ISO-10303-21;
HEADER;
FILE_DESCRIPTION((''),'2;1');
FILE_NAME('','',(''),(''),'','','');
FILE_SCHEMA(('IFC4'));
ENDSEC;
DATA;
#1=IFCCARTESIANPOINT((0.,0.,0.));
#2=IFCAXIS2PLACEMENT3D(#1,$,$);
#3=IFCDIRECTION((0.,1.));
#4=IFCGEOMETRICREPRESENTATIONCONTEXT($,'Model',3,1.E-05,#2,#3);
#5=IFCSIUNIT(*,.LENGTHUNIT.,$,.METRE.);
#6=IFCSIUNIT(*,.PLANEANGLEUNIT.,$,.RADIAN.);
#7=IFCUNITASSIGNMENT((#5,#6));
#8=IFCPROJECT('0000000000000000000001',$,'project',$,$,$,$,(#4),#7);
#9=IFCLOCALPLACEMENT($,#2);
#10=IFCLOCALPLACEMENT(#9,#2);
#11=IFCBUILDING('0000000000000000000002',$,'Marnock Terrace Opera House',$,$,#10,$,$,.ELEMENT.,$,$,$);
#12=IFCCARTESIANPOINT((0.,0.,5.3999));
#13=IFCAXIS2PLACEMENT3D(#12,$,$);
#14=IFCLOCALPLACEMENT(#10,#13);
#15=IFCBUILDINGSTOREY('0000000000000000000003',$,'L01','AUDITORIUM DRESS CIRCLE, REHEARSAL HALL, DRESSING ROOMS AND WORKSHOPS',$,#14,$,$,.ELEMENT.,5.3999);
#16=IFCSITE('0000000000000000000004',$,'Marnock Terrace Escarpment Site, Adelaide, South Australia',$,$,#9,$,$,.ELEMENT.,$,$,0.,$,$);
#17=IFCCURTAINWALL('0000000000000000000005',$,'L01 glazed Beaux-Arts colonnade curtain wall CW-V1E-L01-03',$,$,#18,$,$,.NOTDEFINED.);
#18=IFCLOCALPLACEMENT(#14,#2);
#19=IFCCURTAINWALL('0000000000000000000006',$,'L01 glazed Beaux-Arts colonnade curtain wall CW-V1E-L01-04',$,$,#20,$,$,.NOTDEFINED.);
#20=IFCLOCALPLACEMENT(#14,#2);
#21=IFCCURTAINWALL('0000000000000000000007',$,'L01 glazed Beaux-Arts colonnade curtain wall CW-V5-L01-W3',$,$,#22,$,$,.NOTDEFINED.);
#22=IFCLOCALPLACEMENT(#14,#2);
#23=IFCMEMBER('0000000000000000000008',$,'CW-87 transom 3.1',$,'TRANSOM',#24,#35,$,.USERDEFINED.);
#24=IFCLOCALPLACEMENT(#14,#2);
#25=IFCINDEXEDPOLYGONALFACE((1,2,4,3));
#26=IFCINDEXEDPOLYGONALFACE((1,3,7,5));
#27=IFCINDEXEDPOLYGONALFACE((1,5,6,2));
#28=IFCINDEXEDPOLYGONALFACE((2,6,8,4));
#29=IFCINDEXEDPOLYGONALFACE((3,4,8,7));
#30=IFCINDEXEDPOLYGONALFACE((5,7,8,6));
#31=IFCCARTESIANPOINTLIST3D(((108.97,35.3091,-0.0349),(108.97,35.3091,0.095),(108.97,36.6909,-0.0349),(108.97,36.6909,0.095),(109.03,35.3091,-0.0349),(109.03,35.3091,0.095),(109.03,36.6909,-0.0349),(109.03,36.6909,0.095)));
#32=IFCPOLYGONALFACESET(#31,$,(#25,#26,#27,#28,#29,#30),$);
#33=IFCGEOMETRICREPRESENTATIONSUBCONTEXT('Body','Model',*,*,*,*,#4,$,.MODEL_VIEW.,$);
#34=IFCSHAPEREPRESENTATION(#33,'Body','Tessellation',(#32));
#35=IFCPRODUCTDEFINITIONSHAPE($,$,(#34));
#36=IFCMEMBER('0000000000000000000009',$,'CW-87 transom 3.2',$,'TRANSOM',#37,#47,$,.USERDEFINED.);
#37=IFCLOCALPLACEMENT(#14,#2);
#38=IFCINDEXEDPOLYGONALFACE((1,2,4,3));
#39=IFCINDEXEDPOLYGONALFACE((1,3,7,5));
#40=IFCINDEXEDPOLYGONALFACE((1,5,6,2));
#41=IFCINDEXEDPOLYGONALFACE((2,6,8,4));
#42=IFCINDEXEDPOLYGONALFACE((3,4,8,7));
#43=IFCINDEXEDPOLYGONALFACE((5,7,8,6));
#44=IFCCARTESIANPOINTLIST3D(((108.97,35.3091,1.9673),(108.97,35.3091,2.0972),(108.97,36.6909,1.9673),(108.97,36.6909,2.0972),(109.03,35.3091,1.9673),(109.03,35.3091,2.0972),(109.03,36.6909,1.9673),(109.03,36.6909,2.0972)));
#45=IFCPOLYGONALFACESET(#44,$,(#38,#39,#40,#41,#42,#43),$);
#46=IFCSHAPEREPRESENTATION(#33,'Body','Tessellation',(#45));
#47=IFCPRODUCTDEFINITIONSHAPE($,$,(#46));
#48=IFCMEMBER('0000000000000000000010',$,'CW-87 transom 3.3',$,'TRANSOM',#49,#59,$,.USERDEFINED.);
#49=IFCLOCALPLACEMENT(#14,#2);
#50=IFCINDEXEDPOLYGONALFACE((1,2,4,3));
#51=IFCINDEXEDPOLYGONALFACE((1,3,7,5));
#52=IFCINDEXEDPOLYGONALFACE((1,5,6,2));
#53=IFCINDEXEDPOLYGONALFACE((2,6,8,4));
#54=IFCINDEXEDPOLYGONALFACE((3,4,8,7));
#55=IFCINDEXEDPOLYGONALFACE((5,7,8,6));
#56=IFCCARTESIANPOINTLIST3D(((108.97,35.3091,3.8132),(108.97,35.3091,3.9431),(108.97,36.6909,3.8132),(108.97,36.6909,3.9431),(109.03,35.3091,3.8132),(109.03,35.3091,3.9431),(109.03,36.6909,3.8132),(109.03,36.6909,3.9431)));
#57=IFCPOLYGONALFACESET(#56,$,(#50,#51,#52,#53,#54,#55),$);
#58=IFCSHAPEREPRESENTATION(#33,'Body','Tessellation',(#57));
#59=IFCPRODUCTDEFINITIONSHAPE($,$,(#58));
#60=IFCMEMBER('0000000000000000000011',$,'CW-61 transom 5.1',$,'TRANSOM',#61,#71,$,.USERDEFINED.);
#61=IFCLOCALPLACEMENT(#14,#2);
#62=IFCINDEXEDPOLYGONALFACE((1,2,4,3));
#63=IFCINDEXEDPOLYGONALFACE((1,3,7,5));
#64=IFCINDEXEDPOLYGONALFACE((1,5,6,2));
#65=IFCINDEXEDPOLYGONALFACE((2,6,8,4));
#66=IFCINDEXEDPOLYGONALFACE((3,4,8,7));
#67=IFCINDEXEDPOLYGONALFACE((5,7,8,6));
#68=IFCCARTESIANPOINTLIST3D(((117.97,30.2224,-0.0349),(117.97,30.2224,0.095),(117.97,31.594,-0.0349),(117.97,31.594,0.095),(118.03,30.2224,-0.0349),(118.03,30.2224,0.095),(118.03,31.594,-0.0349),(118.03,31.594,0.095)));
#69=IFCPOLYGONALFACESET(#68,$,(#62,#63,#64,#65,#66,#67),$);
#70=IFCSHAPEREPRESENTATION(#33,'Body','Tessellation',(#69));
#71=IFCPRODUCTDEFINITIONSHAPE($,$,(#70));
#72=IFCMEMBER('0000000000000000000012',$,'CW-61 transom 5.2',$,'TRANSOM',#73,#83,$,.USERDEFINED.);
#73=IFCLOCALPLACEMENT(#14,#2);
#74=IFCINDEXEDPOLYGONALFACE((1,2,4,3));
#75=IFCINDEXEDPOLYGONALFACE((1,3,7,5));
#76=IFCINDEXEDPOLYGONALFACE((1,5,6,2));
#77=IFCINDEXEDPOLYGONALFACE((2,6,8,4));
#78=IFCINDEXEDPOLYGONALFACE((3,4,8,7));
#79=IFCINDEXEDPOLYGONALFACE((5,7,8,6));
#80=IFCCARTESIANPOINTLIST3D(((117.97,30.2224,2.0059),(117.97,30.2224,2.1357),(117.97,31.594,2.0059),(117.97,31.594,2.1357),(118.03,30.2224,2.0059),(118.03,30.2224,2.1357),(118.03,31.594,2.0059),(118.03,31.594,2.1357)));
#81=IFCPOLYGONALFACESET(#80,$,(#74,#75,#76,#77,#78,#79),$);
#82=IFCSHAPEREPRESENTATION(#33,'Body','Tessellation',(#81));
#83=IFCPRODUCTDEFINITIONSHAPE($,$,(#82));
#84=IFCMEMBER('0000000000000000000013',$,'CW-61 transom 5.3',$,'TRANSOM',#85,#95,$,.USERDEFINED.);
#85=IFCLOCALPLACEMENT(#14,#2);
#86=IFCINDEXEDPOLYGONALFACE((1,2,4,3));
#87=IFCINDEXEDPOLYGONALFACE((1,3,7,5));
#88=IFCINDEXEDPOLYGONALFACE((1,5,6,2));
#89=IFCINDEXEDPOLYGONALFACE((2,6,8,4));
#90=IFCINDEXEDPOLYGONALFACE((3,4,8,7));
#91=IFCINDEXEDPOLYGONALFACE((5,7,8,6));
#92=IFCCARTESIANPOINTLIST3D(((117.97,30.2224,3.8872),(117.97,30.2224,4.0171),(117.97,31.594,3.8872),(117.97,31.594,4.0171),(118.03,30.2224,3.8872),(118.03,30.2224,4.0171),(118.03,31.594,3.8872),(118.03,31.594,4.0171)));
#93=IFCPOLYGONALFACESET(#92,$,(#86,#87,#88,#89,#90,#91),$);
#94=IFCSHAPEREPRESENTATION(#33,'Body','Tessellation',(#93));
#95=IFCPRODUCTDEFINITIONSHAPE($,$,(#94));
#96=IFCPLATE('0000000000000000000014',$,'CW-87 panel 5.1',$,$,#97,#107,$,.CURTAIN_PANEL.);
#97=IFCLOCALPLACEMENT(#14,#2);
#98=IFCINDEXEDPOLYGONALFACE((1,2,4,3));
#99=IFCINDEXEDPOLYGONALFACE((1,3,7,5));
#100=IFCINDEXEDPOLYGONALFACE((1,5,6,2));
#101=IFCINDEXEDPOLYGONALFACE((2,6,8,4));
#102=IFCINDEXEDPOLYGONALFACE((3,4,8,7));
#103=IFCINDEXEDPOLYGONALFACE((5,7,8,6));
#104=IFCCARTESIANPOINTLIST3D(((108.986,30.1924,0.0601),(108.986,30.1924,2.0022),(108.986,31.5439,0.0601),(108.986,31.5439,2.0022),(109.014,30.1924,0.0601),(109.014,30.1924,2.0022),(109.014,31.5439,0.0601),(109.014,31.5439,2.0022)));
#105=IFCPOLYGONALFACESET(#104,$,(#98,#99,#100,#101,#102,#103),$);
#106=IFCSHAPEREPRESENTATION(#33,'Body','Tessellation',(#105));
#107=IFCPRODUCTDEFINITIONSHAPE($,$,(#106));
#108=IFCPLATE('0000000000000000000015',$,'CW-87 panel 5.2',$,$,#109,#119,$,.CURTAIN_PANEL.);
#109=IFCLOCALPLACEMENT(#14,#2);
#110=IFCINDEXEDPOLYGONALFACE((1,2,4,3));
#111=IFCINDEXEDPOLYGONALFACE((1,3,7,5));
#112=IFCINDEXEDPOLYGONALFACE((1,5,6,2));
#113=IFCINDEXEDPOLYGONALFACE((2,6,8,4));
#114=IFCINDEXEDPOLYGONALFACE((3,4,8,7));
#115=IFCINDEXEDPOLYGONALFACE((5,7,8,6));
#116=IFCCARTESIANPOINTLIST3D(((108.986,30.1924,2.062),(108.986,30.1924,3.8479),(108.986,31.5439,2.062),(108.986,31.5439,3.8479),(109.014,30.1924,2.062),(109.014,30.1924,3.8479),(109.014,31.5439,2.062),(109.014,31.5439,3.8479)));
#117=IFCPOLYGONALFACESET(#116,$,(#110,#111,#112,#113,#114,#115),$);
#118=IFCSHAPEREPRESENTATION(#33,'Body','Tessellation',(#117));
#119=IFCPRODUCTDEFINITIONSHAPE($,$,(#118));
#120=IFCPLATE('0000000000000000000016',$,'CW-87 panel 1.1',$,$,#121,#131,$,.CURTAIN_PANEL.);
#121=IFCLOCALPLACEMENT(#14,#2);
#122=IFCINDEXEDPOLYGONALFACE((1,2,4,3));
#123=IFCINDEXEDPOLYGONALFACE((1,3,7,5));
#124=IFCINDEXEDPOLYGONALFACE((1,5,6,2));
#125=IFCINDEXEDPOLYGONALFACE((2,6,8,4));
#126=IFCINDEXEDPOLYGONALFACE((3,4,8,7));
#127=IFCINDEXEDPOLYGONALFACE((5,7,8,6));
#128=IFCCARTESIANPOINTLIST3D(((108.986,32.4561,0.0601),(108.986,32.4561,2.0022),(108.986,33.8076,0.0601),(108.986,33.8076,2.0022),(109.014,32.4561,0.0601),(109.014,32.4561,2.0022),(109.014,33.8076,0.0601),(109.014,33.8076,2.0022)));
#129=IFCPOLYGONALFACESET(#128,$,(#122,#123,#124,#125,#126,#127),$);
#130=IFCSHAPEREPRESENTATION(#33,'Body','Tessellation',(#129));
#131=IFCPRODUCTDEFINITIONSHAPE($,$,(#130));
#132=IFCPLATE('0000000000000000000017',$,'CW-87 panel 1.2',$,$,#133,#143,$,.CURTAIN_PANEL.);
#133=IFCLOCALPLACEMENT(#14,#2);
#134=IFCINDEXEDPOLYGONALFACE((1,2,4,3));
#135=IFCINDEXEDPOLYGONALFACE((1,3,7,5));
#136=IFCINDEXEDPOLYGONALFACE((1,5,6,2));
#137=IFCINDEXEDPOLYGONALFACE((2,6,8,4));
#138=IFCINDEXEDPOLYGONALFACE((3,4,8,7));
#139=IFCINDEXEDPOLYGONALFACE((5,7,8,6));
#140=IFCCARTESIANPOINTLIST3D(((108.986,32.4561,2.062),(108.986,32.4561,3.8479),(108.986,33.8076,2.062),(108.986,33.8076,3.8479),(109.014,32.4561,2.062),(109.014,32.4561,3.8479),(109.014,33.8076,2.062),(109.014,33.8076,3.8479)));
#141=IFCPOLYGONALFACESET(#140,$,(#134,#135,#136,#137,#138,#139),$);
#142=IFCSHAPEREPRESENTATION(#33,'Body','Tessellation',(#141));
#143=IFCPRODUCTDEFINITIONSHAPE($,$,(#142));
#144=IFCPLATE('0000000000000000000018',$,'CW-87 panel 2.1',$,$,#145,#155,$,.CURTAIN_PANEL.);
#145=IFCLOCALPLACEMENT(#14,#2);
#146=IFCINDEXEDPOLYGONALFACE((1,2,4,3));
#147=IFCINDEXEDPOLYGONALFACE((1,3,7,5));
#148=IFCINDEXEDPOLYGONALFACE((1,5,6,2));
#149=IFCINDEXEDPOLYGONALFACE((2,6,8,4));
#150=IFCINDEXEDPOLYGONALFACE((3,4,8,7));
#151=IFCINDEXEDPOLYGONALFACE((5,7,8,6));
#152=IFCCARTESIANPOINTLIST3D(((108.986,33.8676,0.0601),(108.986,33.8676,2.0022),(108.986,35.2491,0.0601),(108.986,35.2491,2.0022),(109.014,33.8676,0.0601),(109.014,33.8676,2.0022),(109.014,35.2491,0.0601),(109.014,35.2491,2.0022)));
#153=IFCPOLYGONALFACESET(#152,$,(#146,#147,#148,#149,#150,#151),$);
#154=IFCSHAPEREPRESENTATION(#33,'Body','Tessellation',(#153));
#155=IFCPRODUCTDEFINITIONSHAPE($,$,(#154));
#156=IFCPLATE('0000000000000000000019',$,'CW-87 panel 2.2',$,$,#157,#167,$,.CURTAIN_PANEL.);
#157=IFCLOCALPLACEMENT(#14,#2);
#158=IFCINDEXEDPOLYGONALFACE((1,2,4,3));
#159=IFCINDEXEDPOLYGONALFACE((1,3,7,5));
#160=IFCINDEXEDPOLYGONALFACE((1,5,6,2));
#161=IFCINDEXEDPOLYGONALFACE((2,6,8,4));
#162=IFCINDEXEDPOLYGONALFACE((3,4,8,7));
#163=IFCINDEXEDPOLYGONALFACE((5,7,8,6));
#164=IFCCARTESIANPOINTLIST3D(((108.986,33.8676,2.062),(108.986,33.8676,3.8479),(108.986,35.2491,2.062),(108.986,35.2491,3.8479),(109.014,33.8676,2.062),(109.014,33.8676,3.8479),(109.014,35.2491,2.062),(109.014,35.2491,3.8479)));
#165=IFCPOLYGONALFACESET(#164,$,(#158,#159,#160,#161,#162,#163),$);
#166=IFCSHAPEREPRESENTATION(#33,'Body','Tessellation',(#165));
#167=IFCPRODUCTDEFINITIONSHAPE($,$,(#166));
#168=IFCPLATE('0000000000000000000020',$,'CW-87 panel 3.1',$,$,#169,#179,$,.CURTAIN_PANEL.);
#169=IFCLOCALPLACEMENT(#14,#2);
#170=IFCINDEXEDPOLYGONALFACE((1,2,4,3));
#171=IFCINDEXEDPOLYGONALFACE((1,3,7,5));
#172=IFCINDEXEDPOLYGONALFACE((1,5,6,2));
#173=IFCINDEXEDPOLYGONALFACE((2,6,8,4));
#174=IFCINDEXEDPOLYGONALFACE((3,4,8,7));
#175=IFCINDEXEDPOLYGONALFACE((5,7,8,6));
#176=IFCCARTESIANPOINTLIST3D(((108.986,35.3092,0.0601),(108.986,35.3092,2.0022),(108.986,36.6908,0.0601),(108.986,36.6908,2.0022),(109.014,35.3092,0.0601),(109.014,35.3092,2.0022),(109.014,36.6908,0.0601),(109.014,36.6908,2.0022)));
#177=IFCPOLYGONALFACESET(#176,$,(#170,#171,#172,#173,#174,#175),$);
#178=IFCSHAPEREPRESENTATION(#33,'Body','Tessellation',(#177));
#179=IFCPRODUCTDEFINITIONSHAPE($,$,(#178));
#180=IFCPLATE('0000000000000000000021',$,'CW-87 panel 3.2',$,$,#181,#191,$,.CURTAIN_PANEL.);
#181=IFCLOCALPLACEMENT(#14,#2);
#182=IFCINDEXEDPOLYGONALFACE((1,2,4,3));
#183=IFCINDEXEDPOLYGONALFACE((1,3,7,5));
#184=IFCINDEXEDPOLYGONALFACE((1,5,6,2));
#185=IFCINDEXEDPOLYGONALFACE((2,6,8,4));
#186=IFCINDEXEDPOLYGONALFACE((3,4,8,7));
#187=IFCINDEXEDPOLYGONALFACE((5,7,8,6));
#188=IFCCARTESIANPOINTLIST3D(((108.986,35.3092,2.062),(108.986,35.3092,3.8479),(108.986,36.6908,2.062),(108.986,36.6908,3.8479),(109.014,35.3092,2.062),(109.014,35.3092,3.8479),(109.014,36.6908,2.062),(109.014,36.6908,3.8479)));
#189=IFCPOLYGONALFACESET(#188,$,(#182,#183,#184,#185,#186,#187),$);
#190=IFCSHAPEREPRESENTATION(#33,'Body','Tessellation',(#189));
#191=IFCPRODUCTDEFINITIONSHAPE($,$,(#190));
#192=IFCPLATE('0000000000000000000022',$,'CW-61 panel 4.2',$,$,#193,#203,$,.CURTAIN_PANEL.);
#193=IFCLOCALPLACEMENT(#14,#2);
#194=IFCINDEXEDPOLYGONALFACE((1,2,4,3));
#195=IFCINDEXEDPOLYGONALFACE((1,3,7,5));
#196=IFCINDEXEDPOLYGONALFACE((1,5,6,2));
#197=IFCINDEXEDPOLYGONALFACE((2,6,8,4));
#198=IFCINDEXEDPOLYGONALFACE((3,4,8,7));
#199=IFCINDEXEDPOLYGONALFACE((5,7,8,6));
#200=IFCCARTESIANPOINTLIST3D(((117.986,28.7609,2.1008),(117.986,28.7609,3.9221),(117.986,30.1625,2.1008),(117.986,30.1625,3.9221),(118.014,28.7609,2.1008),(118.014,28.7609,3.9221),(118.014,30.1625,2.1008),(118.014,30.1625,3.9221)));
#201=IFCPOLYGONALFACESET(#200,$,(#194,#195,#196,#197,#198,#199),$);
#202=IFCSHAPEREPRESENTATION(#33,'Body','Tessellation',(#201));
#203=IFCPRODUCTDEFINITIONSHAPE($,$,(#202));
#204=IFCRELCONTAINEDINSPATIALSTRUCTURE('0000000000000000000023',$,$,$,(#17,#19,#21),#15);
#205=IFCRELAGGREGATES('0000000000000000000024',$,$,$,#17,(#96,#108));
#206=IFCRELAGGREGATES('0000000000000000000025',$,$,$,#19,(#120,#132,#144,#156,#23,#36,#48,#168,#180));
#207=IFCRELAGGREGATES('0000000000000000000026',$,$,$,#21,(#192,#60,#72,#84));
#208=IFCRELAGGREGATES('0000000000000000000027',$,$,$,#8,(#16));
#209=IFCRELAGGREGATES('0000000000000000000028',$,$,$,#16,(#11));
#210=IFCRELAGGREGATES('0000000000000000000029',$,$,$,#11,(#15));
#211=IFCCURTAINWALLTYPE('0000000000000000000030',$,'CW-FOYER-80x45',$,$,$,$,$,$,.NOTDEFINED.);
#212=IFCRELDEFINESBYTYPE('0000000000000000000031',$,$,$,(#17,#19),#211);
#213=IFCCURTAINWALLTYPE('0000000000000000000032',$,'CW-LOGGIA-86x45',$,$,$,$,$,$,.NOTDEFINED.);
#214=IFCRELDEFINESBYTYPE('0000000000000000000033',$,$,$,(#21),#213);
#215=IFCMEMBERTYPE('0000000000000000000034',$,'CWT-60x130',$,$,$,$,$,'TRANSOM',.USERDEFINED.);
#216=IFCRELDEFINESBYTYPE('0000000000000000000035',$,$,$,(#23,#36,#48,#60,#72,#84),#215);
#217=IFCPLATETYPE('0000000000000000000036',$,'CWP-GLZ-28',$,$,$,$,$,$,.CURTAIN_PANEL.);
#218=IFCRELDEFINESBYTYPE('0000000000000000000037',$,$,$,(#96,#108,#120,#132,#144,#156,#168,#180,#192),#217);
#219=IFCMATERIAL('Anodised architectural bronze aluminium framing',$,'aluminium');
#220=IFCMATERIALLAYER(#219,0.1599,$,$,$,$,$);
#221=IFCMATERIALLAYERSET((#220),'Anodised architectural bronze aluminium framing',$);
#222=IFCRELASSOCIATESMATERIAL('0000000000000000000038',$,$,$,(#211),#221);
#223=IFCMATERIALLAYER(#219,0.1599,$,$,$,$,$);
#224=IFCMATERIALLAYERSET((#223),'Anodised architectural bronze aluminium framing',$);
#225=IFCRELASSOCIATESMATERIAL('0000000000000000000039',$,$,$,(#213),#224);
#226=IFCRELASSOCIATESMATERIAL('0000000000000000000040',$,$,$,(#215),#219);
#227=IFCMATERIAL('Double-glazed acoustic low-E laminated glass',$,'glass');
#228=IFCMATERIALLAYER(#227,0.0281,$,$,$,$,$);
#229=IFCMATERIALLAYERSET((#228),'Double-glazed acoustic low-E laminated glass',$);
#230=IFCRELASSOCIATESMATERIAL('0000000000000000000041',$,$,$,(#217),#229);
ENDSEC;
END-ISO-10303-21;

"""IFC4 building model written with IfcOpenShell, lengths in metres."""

from ifc_helpers import new_model, si_unit, direction, frame, origin, origin_2d, place, context, subcontext, project, spatial, rectangle, extrude, material, layer, layer_set, material_profile, profile_set, type_object, element, aggregate, save


model = new_model("IFC4")

# Units and contexts
model_context = context("Model", 3, precision=1e-05, world=origin(), true_north=direction((0.0, 1.0)))
body_context = subcontext(model_context, "Body", "Model", "MODEL_VIEW")
ifc_project = project(units=[si_unit("LENGTHUNIT", "METRE"), si_unit("PLANEANGLEUNIT", "RADIAN")], contexts=[model_context])

# Site, building, storey
site_placement = place(None, origin())
site = spatial("IfcSite", under=ifc_project, at=site_placement, Name="Marnock Terrace Escarpment Site, Adelaide, South Australia", CompositionType="ELEMENT", RefElevation=0.0)
building_placement = place(site_placement, origin())
building = spatial("IfcBuilding", under=site, at=building_placement, Name="Marnock Terrace Opera House", CompositionType="ELEMENT")
storey_placement = place(building_placement, frame((0.0, 0.0, 5.3999)))
storey = spatial("IfcBuildingStorey", under=building, at=storey_placement, Name="L01", Description="AUDITORIUM DRESS CIRCLE, REHEARSAL HALL, DRESSING ROOMS AND WORKSHOPS", CompositionType="ELEMENT", Elevation=5.3999)

# Curtain walls
ifc_material_1 = material(Name="Anodised architectural bronze aluminium framing", Category="aluminium")
ifc_layer_1 = layer(ifc_material_1, 0.1599)
ifc_layer_set_1 = layer_set([ifc_layer_1], Name="Anodised architectural bronze aluminium framing")
curtain_wall_type_1 = type_object("IfcCurtainWallType", Name="CW-FOYER-80x45", PredefinedType="NOTDEFINED", material=ifc_layer_set_1)
curtain_wall_1_placement = place(storey_placement, origin())
curtain_wall_1 = element("IfcCurtainWall", 1, at=curtain_wall_1_placement, inside=storey, type_object=curtain_wall_type_1, Name="L01 glazed Beaux-Arts colonnade curtain wall CW-V1E-L01-03", PredefinedType="NOTDEFINED")
curtain_wall_2_placement = place(storey_placement, origin())
curtain_wall_2 = element("IfcCurtainWall", 2, at=curtain_wall_2_placement, inside=storey, type_object=curtain_wall_type_1, Name="L01 glazed Beaux-Arts colonnade curtain wall CW-V1E-L01-04", PredefinedType="NOTDEFINED")
ifc_layer_2 = layer(ifc_material_1, 0.1599)
ifc_layer_set_2 = layer_set([ifc_layer_2], Name="Anodised architectural bronze aluminium framing")
curtain_wall_type_2 = type_object("IfcCurtainWallType", Name="CW-LOGGIA-86x45", PredefinedType="NOTDEFINED", material=ifc_layer_set_2)
curtain_wall_3_placement = place(storey_placement, origin())
curtain_wall_3 = element("IfcCurtainWall", 3, at=curtain_wall_3_placement, inside=storey, type_object=curtain_wall_type_2, Name="L01 glazed Beaux-Arts colonnade curtain wall CW-V5-L01-W3", PredefinedType="NOTDEFINED")

# Members
ifc_material_profile_1 = material_profile(ifc_material_1, rectangle(XDim=0.0601, YDim=0.1299, at=origin_2d()))
ifc_profile_set_1 = profile_set([ifc_material_profile_1], Name="Anodised architectural bronze aluminium framing")
member_type_1 = type_object("IfcMemberType", Name="CWT-60x130", ElementType="TRANSOM", PredefinedType="USERDEFINED", material=ifc_profile_set_1)
member_1_placement = place(storey_placement, frame((109.0, 35.3091, 0.03), z_axis=(0.0, 1.0, 0.0), x_axis=(-1.0, 0.0, 0.0)))
member_1 = element("IfcMember", 4, at=member_1_placement, type_object=member_type_1, Name="CW-87 transom 3.1", ObjectType="TRANSOM", PredefinedType="USERDEFINED", context=body_context, shape_type="SweptSolid", body=[
    extrude(rectangle(XDim=0.0601, YDim=0.1299, at=origin_2d()), origin(), (0.0, 0.0, 1.0), 1.3818),
])
member_2_placement = place(storey_placement, frame((109.0, 35.3091, 2.0322), z_axis=(0.0, 1.0, 0.0), x_axis=(-1.0, 0.0, 0.0)))
member_2 = element("IfcMember", 5, at=member_2_placement, type_object=member_type_1, Name="CW-87 transom 3.2", ObjectType="TRANSOM", PredefinedType="USERDEFINED", context=body_context, shape_type="SweptSolid", body=[
    extrude(rectangle(XDim=0.0601, YDim=0.1299, at=origin_2d()), origin(), (0.0, 0.0, 1.0), 1.3818),
])
member_3_placement = place(storey_placement, frame((109.0, 35.3091, 3.8782), z_axis=(0.0, 1.0, 0.0), x_axis=(-1.0, 0.0, 0.0)))
member_3 = element("IfcMember", 6, at=member_3_placement, type_object=member_type_1, Name="CW-87 transom 3.3", ObjectType="TRANSOM", PredefinedType="USERDEFINED", context=body_context, shape_type="SweptSolid", body=[
    extrude(rectangle(XDim=0.0601, YDim=0.1299, at=origin_2d()), origin(), (0.0, 0.0, 1.0), 1.3818),
])
member_4_placement = place(storey_placement, frame((118.0, 30.2224, 0.03), z_axis=(0.0, 1.0, 0.0), x_axis=(-1.0, 0.0, 0.0)))
member_4 = element("IfcMember", 7, at=member_4_placement, type_object=member_type_1, Name="CW-61 transom 5.1", ObjectType="TRANSOM", PredefinedType="USERDEFINED", context=body_context, shape_type="SweptSolid", body=[
    extrude(rectangle(XDim=0.0601, YDim=0.1299, at=origin_2d()), origin(), (0.0, 0.0, 1.0), 1.3716),
])
member_5_placement = place(storey_placement, frame((118.0, 30.2224, 2.0708), z_axis=(0.0, 1.0, 0.0), x_axis=(-1.0, 0.0, 0.0)))
member_5 = element("IfcMember", 8, at=member_5_placement, type_object=member_type_1, Name="CW-61 transom 5.2", ObjectType="TRANSOM", PredefinedType="USERDEFINED", context=body_context, shape_type="SweptSolid", body=[
    extrude(rectangle(XDim=0.0601, YDim=0.1299, at=origin_2d()), origin(), (0.0, 0.0, 1.0), 1.3716),
])
member_6_placement = place(storey_placement, frame((118.0, 30.2224, 3.9521), z_axis=(0.0, 1.0, 0.0), x_axis=(-1.0, 0.0, 0.0)))
member_6 = element("IfcMember", 9, at=member_6_placement, type_object=member_type_1, Name="CW-61 transom 5.3", ObjectType="TRANSOM", PredefinedType="USERDEFINED", context=body_context, shape_type="SweptSolid", body=[
    extrude(rectangle(XDim=0.0601, YDim=0.1299, at=origin_2d()), origin(), (0.0, 0.0, 1.0), 1.3716),
])

# Plates
ifc_material_2 = material(Name="Double-glazed acoustic low-E laminated glass", Category="glass")
ifc_layer_3 = layer(ifc_material_2, 0.0281)
ifc_layer_set_3 = layer_set([ifc_layer_3], Name="Double-glazed acoustic low-E laminated glass")
plate_type = type_object("IfcPlateType", Name="CWP-GLZ-28", PredefinedType="CURTAIN_PANEL", material=ifc_layer_set_3)
plate_1_placement = place(storey_placement, frame((109.0, 30.8682, 0.0601), z_axis=(0.0, 0.0, 1.0), x_axis=(0.0, 1.0, 0.0)))
plate_1 = element("IfcPlate", 10, at=plate_1_placement, type_object=plate_type, Name="CW-87 panel 5.1", PredefinedType="CURTAIN_PANEL", context=body_context, shape_type="SweptSolid", body=[
    extrude(rectangle(XDim=1.3516, YDim=0.0281, at=origin_2d()), origin(), (0.0, 0.0, 1.0), 1.9421),
])
plate_2_placement = place(storey_placement, frame((109.0, 30.8682, 2.062), z_axis=(0.0, 0.0, 1.0), x_axis=(0.0, 1.0, 0.0)))
plate_2 = element("IfcPlate", 11, at=plate_2_placement, type_object=plate_type, Name="CW-87 panel 5.2", PredefinedType="CURTAIN_PANEL", context=body_context, shape_type="SweptSolid", body=[
    extrude(rectangle(XDim=1.3516, YDim=0.0281, at=origin_2d()), origin(), (0.0, 0.0, 1.0), 1.7859),
])
aggregate(curtain_wall_1, [plate_1, plate_2])
plate_3_placement = place(storey_placement, frame((109.0, 33.1318, 0.0601), z_axis=(0.0, 0.0, 1.0), x_axis=(0.0, 1.0, 0.0)))
plate_3 = element("IfcPlate", 12, at=plate_3_placement, type_object=plate_type, Name="CW-87 panel 1.1", PredefinedType="CURTAIN_PANEL", context=body_context, shape_type="SweptSolid", body=[
    extrude(rectangle(XDim=1.3516, YDim=0.0281, at=origin_2d()), origin(), (0.0, 0.0, 1.0), 1.9421),
])
plate_4_placement = place(storey_placement, frame((109.0, 33.1318, 2.062), z_axis=(0.0, 0.0, 1.0), x_axis=(0.0, 1.0, 0.0)))
plate_4 = element("IfcPlate", 13, at=plate_4_placement, type_object=plate_type, Name="CW-87 panel 1.2", PredefinedType="CURTAIN_PANEL", context=body_context, shape_type="SweptSolid", body=[
    extrude(rectangle(XDim=1.3516, YDim=0.0281, at=origin_2d()), origin(), (0.0, 0.0, 1.0), 1.7859),
])
plate_5_placement = place(storey_placement, frame((109.0, 34.5583, 0.0601), z_axis=(0.0, 0.0, 1.0), x_axis=(0.0, 1.0, 0.0)))
plate_5 = element("IfcPlate", 14, at=plate_5_placement, type_object=plate_type, Name="CW-87 panel 2.1", PredefinedType="CURTAIN_PANEL", context=body_context, shape_type="SweptSolid", body=[
    extrude(rectangle(XDim=1.3816, YDim=0.0281, at=origin_2d()), origin(), (0.0, 0.0, 1.0), 1.9421),
])
plate_6_placement = place(storey_placement, frame((109.0, 34.5583, 2.062), z_axis=(0.0, 0.0, 1.0), x_axis=(0.0, 1.0, 0.0)))
plate_6 = element("IfcPlate", 15, at=plate_6_placement, type_object=plate_type, Name="CW-87 panel 2.2", PredefinedType="CURTAIN_PANEL", context=body_context, shape_type="SweptSolid", body=[
    extrude(rectangle(XDim=1.3816, YDim=0.0281, at=origin_2d()), origin(), (0.0, 0.0, 1.0), 1.7859),
])
plate_7_placement = place(storey_placement, frame((109.0, 36.0, 0.0601), z_axis=(0.0, 0.0, 1.0), x_axis=(0.0, 1.0, 0.0)))
plate_7 = element("IfcPlate", 16, at=plate_7_placement, type_object=plate_type, Name="CW-87 panel 3.1", PredefinedType="CURTAIN_PANEL", context=body_context, shape_type="SweptSolid", body=[
    extrude(rectangle(XDim=1.3816, YDim=0.0281, at=origin_2d()), origin(), (0.0, 0.0, 1.0), 1.9421),
])
plate_8_placement = place(storey_placement, frame((109.0, 36.0, 2.062), z_axis=(0.0, 0.0, 1.0), x_axis=(0.0, 1.0, 0.0)))
plate_8 = element("IfcPlate", 17, at=plate_8_placement, type_object=plate_type, Name="CW-87 panel 3.2", PredefinedType="CURTAIN_PANEL", context=body_context, shape_type="SweptSolid", body=[
    extrude(rectangle(XDim=1.3816, YDim=0.0281, at=origin_2d()), origin(), (0.0, 0.0, 1.0), 1.7859),
])
aggregate(curtain_wall_2, [plate_3, plate_4, plate_5, plate_6, member_1, member_2, member_3, plate_7, plate_8])
plate_9_placement = place(storey_placement, frame((118.0, 29.4617, 2.1008), z_axis=(0.0, 0.0, 1.0), x_axis=(0.0, 1.0, 0.0)))
plate_9 = element("IfcPlate", 18, at=plate_9_placement, type_object=plate_type, Name="CW-61 panel 4.2", PredefinedType="CURTAIN_PANEL", context=body_context, shape_type="SweptSolid", body=[
    extrude(rectangle(XDim=1.4016, YDim=0.0281, at=origin_2d()), origin(), (0.0, 0.0, 1.0), 1.8213),
])
aggregate(curtain_wall_3, [plate_9, member_4, member_5, member_6])

save(model, "model.ifc")
